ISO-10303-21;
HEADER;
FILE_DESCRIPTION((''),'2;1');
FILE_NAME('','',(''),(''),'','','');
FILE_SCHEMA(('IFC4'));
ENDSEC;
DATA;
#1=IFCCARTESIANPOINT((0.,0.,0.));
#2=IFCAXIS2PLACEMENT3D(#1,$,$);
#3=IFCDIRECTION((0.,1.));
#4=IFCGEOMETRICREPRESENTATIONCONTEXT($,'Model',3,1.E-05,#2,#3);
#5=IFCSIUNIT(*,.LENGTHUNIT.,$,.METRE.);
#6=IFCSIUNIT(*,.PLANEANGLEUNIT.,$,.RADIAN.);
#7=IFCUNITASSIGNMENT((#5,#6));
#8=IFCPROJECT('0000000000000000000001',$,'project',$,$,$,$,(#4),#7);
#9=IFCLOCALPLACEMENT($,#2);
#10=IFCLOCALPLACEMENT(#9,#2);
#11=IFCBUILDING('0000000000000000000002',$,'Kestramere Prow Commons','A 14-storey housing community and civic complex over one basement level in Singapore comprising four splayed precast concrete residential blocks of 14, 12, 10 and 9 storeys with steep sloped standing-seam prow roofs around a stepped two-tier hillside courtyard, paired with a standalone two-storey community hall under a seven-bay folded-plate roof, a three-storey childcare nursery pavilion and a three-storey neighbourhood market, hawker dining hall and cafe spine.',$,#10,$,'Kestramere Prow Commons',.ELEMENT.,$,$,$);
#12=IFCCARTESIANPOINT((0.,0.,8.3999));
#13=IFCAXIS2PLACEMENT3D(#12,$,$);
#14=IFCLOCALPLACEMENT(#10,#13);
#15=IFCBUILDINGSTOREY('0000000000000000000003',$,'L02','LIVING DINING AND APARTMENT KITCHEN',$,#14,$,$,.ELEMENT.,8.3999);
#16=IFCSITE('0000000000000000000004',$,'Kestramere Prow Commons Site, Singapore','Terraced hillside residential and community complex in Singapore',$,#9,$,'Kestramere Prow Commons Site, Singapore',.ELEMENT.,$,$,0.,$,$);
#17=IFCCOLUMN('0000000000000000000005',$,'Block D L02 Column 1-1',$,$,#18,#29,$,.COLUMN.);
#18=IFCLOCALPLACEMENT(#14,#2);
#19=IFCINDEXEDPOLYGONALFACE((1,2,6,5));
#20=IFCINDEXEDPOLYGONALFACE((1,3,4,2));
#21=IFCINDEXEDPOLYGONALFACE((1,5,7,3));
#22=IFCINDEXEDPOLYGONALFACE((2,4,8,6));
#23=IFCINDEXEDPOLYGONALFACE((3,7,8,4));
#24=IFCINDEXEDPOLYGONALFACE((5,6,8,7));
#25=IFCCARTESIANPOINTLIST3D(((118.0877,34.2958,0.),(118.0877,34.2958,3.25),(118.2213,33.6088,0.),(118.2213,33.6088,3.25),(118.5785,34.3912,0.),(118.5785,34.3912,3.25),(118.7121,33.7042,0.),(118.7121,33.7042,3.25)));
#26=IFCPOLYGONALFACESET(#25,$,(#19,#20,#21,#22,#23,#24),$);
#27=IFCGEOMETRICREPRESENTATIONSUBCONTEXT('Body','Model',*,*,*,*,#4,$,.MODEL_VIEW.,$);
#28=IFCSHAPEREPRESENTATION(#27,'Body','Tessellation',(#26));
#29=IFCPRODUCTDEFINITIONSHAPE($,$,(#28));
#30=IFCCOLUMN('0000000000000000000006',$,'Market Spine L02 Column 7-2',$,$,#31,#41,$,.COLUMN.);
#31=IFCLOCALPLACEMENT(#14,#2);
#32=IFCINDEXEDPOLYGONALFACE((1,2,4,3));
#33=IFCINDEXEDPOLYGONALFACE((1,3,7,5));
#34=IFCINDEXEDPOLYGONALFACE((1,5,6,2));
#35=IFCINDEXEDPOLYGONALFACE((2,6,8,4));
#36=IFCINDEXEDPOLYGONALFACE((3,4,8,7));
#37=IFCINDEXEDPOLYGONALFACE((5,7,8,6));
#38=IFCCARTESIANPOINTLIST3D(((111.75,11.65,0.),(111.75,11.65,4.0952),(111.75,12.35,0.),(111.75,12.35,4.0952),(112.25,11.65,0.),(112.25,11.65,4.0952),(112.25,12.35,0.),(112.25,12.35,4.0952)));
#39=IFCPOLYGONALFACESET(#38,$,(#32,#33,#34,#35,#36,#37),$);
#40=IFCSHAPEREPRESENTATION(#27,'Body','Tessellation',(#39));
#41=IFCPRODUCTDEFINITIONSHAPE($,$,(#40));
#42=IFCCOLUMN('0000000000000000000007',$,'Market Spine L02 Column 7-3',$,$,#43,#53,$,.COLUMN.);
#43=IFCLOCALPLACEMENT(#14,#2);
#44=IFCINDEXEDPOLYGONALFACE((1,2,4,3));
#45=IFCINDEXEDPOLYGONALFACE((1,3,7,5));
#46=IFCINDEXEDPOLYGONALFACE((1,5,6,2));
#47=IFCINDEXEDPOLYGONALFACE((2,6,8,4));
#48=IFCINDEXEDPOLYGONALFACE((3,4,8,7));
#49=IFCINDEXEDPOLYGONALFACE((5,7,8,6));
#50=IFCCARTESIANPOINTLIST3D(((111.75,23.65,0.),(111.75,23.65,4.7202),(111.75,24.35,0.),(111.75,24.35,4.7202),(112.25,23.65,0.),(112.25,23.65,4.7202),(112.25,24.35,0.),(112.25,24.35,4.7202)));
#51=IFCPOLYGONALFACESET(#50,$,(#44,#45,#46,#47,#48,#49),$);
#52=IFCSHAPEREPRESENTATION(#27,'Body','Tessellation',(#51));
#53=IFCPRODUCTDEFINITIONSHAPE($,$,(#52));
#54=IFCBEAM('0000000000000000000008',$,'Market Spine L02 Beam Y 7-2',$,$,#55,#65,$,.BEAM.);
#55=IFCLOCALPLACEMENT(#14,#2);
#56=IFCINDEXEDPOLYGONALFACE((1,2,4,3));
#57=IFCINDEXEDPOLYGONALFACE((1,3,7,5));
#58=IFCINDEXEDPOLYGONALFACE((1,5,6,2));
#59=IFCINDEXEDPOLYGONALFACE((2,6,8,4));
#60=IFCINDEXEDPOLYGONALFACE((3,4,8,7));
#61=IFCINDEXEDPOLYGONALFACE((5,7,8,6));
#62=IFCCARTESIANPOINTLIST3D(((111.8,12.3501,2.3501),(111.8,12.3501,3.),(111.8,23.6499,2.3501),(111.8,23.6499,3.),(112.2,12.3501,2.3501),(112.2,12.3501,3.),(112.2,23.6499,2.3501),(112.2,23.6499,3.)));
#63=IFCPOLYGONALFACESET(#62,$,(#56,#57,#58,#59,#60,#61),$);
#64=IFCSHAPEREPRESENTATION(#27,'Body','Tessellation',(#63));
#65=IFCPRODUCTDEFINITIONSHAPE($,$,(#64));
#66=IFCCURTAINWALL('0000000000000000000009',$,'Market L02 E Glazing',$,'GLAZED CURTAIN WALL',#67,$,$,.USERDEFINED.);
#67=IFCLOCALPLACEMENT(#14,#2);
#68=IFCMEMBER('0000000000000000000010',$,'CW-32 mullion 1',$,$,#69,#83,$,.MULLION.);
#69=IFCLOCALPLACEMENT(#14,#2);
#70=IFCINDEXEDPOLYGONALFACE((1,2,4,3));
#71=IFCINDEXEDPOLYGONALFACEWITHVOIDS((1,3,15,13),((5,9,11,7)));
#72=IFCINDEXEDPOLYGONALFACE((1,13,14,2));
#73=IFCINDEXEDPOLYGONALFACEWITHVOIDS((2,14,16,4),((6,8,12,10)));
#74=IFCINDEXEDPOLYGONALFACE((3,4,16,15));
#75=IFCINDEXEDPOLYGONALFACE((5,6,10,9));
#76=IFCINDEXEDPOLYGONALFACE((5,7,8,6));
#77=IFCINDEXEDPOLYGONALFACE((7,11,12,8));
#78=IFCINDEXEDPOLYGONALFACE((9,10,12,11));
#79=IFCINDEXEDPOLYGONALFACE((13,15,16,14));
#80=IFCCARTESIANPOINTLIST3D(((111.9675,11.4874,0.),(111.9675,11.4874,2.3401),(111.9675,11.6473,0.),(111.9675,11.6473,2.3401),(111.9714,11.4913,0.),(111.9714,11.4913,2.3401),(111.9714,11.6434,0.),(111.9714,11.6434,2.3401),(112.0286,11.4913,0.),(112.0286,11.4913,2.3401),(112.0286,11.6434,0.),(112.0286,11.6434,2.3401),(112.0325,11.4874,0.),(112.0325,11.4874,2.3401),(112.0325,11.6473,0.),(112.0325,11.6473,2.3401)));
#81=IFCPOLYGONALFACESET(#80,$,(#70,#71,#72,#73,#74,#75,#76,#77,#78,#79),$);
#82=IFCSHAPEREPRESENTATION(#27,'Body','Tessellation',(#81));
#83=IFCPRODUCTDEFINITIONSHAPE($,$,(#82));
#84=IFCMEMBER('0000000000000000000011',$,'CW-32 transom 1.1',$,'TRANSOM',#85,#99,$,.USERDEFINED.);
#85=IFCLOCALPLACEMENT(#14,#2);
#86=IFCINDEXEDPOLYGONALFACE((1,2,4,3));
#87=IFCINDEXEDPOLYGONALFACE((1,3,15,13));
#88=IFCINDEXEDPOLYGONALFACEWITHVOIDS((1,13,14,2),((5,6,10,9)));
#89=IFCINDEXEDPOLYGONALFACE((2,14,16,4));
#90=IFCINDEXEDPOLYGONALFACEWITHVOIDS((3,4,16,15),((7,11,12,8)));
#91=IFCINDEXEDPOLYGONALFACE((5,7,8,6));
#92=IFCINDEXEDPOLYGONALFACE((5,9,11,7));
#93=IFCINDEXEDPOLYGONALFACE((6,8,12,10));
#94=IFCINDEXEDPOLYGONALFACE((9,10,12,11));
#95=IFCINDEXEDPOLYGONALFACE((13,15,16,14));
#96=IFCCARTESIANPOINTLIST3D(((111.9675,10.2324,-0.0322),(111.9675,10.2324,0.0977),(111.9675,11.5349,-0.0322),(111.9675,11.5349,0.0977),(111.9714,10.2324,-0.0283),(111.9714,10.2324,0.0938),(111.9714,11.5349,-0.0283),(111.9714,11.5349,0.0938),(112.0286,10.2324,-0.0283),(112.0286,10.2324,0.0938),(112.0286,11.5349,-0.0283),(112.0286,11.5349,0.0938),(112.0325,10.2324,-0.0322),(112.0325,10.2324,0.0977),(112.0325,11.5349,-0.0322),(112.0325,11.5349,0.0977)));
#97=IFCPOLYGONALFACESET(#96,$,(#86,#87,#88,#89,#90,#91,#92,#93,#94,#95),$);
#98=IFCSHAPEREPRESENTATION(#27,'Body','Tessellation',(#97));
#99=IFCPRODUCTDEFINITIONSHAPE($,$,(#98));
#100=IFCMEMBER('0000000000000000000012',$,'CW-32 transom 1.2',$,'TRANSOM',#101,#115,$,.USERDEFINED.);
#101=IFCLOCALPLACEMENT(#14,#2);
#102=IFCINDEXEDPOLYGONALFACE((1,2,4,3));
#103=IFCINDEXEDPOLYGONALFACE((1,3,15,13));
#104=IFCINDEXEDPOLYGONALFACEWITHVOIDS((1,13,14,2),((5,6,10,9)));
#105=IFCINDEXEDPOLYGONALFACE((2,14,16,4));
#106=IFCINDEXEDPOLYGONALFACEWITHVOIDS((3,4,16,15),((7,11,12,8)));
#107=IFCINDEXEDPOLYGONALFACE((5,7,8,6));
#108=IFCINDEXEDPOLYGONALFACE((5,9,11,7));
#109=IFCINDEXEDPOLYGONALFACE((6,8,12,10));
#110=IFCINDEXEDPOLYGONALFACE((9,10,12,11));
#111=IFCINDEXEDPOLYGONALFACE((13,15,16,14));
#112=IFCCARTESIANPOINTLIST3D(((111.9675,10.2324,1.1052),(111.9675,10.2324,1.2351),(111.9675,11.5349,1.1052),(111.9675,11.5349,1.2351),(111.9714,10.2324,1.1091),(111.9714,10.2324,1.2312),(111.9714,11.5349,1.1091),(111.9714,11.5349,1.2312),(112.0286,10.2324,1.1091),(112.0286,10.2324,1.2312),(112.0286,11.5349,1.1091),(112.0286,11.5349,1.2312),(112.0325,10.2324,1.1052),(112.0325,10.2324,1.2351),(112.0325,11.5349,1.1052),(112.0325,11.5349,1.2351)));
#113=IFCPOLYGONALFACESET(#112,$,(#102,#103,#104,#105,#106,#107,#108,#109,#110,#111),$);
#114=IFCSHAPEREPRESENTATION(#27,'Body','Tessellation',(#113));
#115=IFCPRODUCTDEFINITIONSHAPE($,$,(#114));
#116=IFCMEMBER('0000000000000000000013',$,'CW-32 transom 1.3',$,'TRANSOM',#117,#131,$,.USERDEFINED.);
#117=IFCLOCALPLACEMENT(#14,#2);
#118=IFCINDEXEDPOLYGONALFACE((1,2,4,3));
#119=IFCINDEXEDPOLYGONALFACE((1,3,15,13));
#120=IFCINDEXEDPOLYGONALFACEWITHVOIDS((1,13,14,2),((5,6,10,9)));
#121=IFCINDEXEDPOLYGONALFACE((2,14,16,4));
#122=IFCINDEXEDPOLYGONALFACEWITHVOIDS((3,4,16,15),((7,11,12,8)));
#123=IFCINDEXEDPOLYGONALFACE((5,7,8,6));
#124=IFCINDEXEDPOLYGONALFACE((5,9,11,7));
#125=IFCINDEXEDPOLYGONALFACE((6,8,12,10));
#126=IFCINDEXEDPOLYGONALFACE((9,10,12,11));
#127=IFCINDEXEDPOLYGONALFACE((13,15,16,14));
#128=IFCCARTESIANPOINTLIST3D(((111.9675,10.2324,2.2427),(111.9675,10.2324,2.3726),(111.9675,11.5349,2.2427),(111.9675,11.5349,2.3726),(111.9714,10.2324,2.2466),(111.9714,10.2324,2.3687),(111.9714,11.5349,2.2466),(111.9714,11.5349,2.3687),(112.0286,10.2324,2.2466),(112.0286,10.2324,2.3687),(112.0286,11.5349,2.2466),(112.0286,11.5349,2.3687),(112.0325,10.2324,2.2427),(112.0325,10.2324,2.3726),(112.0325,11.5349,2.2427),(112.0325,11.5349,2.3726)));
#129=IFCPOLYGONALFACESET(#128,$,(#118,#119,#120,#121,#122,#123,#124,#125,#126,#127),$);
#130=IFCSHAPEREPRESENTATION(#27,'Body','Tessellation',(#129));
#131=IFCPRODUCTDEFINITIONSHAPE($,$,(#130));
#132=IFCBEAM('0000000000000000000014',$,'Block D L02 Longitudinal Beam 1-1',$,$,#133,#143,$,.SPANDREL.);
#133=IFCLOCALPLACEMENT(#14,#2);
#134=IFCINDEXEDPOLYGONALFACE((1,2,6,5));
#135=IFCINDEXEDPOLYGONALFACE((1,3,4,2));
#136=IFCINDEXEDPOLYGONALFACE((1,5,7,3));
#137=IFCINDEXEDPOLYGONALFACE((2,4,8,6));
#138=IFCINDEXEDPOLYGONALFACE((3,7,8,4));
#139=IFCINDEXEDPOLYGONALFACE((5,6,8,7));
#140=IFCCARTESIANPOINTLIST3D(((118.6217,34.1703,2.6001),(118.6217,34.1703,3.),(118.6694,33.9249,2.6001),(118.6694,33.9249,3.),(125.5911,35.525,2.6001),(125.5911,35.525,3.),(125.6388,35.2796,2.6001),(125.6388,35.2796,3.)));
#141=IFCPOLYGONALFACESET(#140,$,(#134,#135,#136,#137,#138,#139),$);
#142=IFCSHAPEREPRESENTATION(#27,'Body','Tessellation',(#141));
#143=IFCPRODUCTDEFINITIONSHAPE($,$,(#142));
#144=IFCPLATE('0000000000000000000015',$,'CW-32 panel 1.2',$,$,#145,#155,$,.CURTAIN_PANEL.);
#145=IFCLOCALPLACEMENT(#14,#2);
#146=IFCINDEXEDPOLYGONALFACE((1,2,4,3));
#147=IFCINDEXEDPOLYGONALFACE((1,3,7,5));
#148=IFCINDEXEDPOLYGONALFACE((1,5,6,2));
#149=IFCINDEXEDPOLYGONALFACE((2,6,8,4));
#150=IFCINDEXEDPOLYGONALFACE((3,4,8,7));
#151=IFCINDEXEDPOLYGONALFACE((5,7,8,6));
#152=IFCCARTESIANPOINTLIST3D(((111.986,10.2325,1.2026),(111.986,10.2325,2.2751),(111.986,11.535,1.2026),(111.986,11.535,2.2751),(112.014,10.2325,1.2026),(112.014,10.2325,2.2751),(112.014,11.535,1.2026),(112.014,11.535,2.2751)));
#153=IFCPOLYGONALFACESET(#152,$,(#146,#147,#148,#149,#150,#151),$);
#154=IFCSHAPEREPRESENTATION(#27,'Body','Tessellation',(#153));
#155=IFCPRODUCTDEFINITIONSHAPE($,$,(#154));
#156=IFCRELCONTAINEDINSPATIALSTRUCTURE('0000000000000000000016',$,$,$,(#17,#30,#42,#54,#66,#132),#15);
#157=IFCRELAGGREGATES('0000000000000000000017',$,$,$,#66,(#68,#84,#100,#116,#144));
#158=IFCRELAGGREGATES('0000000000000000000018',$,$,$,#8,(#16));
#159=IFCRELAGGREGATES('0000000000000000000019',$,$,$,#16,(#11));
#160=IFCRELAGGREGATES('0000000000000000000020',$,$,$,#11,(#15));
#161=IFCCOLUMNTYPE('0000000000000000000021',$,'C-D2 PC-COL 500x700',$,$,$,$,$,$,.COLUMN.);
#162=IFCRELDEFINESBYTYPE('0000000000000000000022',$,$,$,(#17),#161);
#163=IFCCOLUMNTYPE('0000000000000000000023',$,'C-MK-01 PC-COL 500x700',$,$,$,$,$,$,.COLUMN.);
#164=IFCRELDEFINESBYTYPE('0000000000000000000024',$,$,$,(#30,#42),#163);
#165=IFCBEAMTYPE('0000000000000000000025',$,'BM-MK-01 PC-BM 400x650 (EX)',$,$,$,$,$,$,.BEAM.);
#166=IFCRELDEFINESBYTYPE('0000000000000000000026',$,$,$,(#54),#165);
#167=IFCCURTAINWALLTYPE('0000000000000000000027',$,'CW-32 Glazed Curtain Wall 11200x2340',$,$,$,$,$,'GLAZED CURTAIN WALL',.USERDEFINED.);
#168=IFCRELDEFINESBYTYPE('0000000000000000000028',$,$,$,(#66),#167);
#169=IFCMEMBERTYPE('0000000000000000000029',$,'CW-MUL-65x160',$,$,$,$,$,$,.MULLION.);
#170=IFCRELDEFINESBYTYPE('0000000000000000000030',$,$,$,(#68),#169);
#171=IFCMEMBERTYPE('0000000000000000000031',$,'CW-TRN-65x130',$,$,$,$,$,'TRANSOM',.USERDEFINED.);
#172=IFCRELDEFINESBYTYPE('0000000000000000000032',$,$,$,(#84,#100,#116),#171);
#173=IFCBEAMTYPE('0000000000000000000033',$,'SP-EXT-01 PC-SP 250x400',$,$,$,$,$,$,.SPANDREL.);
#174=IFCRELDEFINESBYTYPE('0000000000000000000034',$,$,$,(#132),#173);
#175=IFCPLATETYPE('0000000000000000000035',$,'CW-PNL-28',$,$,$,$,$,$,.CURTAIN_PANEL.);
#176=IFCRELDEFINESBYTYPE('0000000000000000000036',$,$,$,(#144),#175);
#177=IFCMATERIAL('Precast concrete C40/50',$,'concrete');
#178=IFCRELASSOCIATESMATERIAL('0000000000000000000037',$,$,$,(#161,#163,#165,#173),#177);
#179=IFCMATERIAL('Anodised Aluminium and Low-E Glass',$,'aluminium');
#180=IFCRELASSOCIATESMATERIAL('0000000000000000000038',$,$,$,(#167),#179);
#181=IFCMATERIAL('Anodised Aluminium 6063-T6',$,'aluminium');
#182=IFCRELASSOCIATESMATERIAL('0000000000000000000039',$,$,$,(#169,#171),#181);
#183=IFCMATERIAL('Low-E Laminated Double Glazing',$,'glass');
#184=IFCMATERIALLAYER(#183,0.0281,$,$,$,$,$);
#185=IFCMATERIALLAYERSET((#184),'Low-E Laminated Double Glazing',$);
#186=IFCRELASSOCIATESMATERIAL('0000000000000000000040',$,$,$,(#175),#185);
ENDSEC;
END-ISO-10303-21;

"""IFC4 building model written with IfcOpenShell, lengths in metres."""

from ifc_helpers import new_model, si_unit, direction, frame, origin, origin_2d, place, context, subcontext, project, spatial, rectangle, hollow_rectangle, extrude, material, layer, layer_set, material_profile, profile_set, type_object, element, aggregate, save


model = new_model("IFC4")

# Units and contexts
model_context = context("Model", 3, precision=1e-05, world=origin(), true_north=direction((0.0, 1.0)))
body_context = subcontext(model_context, "Body", "Model", "MODEL_VIEW")
ifc_project = project(units=[si_unit("LENGTHUNIT", "METRE"), si_unit("PLANEANGLEUNIT", "RADIAN")], contexts=[model_context])

# Site, building, storey
site_placement = place(None, origin())
site = spatial("IfcSite", under=ifc_project, at=site_placement, Name="Kestramere Prow Commons Site, Singapore", Description="Terraced hillside residential and community complex in Singapore", LongName="Kestramere Prow Commons Site, Singapore", CompositionType="ELEMENT", RefElevation=0.0)
building_placement = place(site_placement, origin())
building = spatial("IfcBuilding", under=site, at=building_placement, Name="Kestramere Prow Commons", Description="A 14-storey housing community and civic complex over one basement level in Singapore comprising four splayed precast concrete residential blocks of 14, 12, 10 and 9 storeys with steep sloped standing-seam prow roofs around a stepped two-tier hillside courtyard, paired with a standalone two-storey community hall under a seven-bay folded-plate roof, a three-storey childcare nursery pavilion and a three-storey neighbourhood market, hawker dining hall and cafe spine.", LongName="Kestramere Prow Commons", CompositionType="ELEMENT")
storey_placement = place(building_placement, frame((0.0, 0.0, 8.3999)))
storey = spatial("IfcBuildingStorey", under=building, at=storey_placement, Name="L02", Description="LIVING DINING AND APARTMENT KITCHEN", CompositionType="ELEMENT", Elevation=8.3999)

# Columns
ifc_material_1 = material(Name="Precast concrete C40/50", Category="concrete")
ifc_material_profile_1 = material_profile(ifc_material_1, rectangle(XDim=0.5, YDim=0.7, at=origin_2d()), Name="PC-COL 500x700")
ifc_profile_set_1 = profile_set([ifc_material_profile_1], Name="Precast concrete C40/50")
column_type_1 = type_object("IfcColumnType", Name="C-D2 PC-COL 500x700", PredefinedType="COLUMN", material=ifc_profile_set_1)
column_1_placement = place(storey_placement, frame((118.3999, 34.0, 0.0), z_axis=(0.0, 0.0, 1.0), x_axis=(0.981627, 0.190809, 0.0)))
element("IfcColumn", 1, at=column_1_placement, inside=storey, type_object=column_type_1, Name="Block D L02 Column 1-1", PredefinedType="COLUMN", context=body_context, shape_type="SweptSolid", body=[
    extrude(rectangle(XDim=0.5, YDim=0.7, at=origin_2d()), origin(), (0.0, 0.0, 1.0), 3.25),
])
ifc_material_profile_2 = material_profile(ifc_material_1, rectangle(XDim=0.5, YDim=0.7, at=origin_2d()), Name="PC-COL 500x700")
ifc_profile_set_2 = profile_set([ifc_material_profile_2], Name="Precast concrete C40/50")
column_type_2 = type_object("IfcColumnType", Name="C-MK-01 PC-COL 500x700", PredefinedType="COLUMN", material=ifc_profile_set_2)
column_2_placement = place(storey_placement, frame((112.0, 12.0, 0.0), z_axis=(0.0, 0.0, 1.0), x_axis=(1.0, 0.0, 0.0)))
element("IfcColumn", 2, at=column_2_placement, inside=storey, type_object=column_type_2, Name="Market Spine L02 Column 7-2", PredefinedType="COLUMN", context=body_context, shape_type="SweptSolid", body=[
    extrude(rectangle(XDim=0.5, YDim=0.7, at=origin_2d()), origin(), (0.0, 0.0, 1.0), 4.0952),
])
column_3_placement = place(storey_placement, frame((112.0, 24.0, 0.0), z_axis=(0.0, 0.0, 1.0), x_axis=(1.0, 0.0, 0.0)))
element("IfcColumn", 3, at=column_3_placement, inside=storey, type_object=column_type_2, Name="Market Spine L02 Column 7-3", PredefinedType="COLUMN", context=body_context, shape_type="SweptSolid", body=[
    extrude(rectangle(XDim=0.5, YDim=0.7, at=origin_2d()), origin(), (0.0, 0.0, 1.0), 4.7202),
])

# Beam
ifc_material_profile_3 = material_profile(ifc_material_1, rectangle(XDim=0.3999, YDim=0.6499, at=origin_2d()), Name="PC-BM 400x650")
ifc_profile_set_3 = profile_set([ifc_material_profile_3], Name="Precast concrete C40/50")
beam_type_1 = type_object("IfcBeamType", Name="BM-MK-01 PC-BM 400x650 (EX)", PredefinedType="BEAM", material=ifc_profile_set_3)
beam_1_placement = place(storey_placement, frame((112.0, 12.3501, 2.675), z_axis=(0.0, 1.0, 0.0), x_axis=(-1.0, 0.0, 0.0)))
element("IfcBeam", 4, at=beam_1_placement, inside=storey, type_object=beam_type_1, Name="Market Spine L02 Beam Y 7-2", PredefinedType="BEAM", context=body_context, shape_type="SweptSolid", body=[
    extrude(rectangle(XDim=0.3999, YDim=0.6499, at=origin_2d()), origin(), (0.0, 0.0, 1.0), 11.2998),
])

# Curtain wall, members
ifc_material_2 = material(Name="Anodised Aluminium and Low-E Glass", Category="aluminium")
curtain_wall_type = type_object("IfcCurtainWallType", Name="CW-32 Glazed Curtain Wall 11200x2340", ElementType="GLAZED CURTAIN WALL", PredefinedType="USERDEFINED", material=ifc_material_2)
curtain_wall_placement = place(storey_placement, origin())
curtain_wall = element("IfcCurtainWall", 5, at=curtain_wall_placement, inside=storey, type_object=curtain_wall_type, Name="Market L02 E Glazing", ObjectType="GLAZED CURTAIN WALL", PredefinedType="USERDEFINED")
ifc_material_3 = material(Name="Anodised Aluminium 6063-T6", Category="aluminium")
ifc_material_profile_4 = material_profile(ifc_material_3, hollow_rectangle(XDim=0.0649, YDim=0.1599, WallThickness=0.0039, at=origin_2d()), Name="ALU-MUL 65x160")
ifc_profile_set_4 = profile_set([ifc_material_profile_4], Name="Anodised Aluminium 6063-T6")
member_type_1 = type_object("IfcMemberType", Name="CW-MUL-65x160", PredefinedType="MULLION", material=ifc_profile_set_4)
member_1_placement = place(storey_placement, frame((112.0, 11.5674, 0.0), z_axis=(0.0, 0.0, 1.0), x_axis=(1.0, 0.0, 0.0)))
member_1 = element("IfcMember", 6, at=member_1_placement, type_object=member_type_1, Name="CW-32 mullion 1", PredefinedType="MULLION", context=body_context, shape_type="SweptSolid", body=[
    extrude(hollow_rectangle(XDim=0.0649, YDim=0.1599, WallThickness=0.0039, at=origin_2d()), origin(), (0.0, 0.0, 1.0), 2.3401),
])
ifc_material_profile_5 = material_profile(ifc_material_3, hollow_rectangle(XDim=0.0649, YDim=0.1299, WallThickness=0.0039, at=origin_2d()), Name="ALU-TRN 65x130")
ifc_profile_set_5 = profile_set([ifc_material_profile_5], Name="Anodised Aluminium 6063-T6")
member_type_2 = type_object("IfcMemberType", Name="CW-TRN-65x130", ElementType="TRANSOM", PredefinedType="USERDEFINED", material=ifc_profile_set_5)
member_2_placement = place(storey_placement, frame((112.0, 11.5349, 0.0327), z_axis=(0.0, -1.0, 0.0), x_axis=(1.0, 0.0, 0.0)))
member_2 = element("IfcMember", 7, at=member_2_placement, type_object=member_type_2, Name="CW-32 transom 1.1", ObjectType="TRANSOM", PredefinedType="USERDEFINED", context=body_context, shape_type="SweptSolid", body=[
    extrude(hollow_rectangle(XDim=0.0649, YDim=0.1299, WallThickness=0.0039, at=origin_2d()), origin(), (0.0, 0.0, 1.0), 1.3025),
])
member_3_placement = place(storey_placement, frame((112.0, 11.5349, 1.1702), z_axis=(0.0, -1.0, 0.0), x_axis=(1.0, 0.0, 0.0)))
member_3 = element("IfcMember", 8, at=member_3_placement, type_object=member_type_2, Name="CW-32 transom 1.2", ObjectType="TRANSOM", PredefinedType="USERDEFINED", context=body_context, shape_type="SweptSolid", body=[
    extrude(hollow_rectangle(XDim=0.0649, YDim=0.1299, WallThickness=0.0039, at=origin_2d()), origin(), (0.0, 0.0, 1.0), 1.3025),
])
member_4_placement = place(storey_placement, frame((112.0, 11.5349, 2.3076), z_axis=(0.0, -1.0, 0.0), x_axis=(1.0, 0.0, 0.0)))
member_4 = element("IfcMember", 9, at=member_4_placement, type_object=member_type_2, Name="CW-32 transom 1.3", ObjectType="TRANSOM", PredefinedType="USERDEFINED", context=body_context, shape_type="SweptSolid", body=[
    extrude(hollow_rectangle(XDim=0.0649, YDim=0.1299, WallThickness=0.0039, at=origin_2d()), origin(), (0.0, 0.0, 1.0), 1.3025),
])

# Beam
ifc_material_profile_6 = material_profile(ifc_material_1, rectangle(XDim=0.25, YDim=0.3999, at=origin_2d()), Name="PC-SP 250x400")
ifc_profile_set_6 = profile_set([ifc_material_profile_6], Name="Precast concrete C40/50")
beam_type_2 = type_object("IfcBeamType", Name="SP-EXT-01 PC-SP 250x400", PredefinedType="SPANDREL", material=ifc_profile_set_6)
beam_2_placement = place(storey_placement, frame((118.6455, 34.0476, 2.8), z_axis=(0.981627, 0.19081, 0.0), x_axis=(-0.19081, 0.981627, 0.0)))
element("IfcBeam", 10, at=beam_2_placement, inside=storey, type_object=beam_type_2, Name="Block D L02 Longitudinal Beam 1-1", PredefinedType="SPANDREL", context=body_context, shape_type="SweptSolid", body=[
    extrude(rectangle(XDim=0.25, YDim=0.3999, at=origin_2d()), origin(), (0.0, 0.0, 1.0), 7.0999),
])

# Plate
ifc_material_4 = material(Name="Low-E Laminated Double Glazing", Category="glass")
ifc_layer_1 = layer(ifc_material_4, 0.0281)
ifc_layer_set_1 = layer_set([ifc_layer_1], Name="Low-E Laminated Double Glazing")
plate_type = type_object("IfcPlateType", Name="CW-PNL-28", PredefinedType="CURTAIN_PANEL", material=ifc_layer_set_1)
plate_placement = place(storey_placement, frame((112.0, 10.8838, 1.2026), z_axis=(0.0, 0.0, 1.0), x_axis=(0.0, -1.0, 0.0)))
plate = element("IfcPlate", 11, at=plate_placement, type_object=plate_type, Name="CW-32 panel 1.2", PredefinedType="CURTAIN_PANEL", context=body_context, shape_type="SweptSolid", body=[
    extrude(rectangle(XDim=1.3025, YDim=0.0281, at=origin_2d()), origin(), (0.0, 0.0, 1.0), 1.0725),
])
aggregate(curtain_wall, [member_1, member_2, member_3, member_4, plate])

save(model, "model.ifc")
